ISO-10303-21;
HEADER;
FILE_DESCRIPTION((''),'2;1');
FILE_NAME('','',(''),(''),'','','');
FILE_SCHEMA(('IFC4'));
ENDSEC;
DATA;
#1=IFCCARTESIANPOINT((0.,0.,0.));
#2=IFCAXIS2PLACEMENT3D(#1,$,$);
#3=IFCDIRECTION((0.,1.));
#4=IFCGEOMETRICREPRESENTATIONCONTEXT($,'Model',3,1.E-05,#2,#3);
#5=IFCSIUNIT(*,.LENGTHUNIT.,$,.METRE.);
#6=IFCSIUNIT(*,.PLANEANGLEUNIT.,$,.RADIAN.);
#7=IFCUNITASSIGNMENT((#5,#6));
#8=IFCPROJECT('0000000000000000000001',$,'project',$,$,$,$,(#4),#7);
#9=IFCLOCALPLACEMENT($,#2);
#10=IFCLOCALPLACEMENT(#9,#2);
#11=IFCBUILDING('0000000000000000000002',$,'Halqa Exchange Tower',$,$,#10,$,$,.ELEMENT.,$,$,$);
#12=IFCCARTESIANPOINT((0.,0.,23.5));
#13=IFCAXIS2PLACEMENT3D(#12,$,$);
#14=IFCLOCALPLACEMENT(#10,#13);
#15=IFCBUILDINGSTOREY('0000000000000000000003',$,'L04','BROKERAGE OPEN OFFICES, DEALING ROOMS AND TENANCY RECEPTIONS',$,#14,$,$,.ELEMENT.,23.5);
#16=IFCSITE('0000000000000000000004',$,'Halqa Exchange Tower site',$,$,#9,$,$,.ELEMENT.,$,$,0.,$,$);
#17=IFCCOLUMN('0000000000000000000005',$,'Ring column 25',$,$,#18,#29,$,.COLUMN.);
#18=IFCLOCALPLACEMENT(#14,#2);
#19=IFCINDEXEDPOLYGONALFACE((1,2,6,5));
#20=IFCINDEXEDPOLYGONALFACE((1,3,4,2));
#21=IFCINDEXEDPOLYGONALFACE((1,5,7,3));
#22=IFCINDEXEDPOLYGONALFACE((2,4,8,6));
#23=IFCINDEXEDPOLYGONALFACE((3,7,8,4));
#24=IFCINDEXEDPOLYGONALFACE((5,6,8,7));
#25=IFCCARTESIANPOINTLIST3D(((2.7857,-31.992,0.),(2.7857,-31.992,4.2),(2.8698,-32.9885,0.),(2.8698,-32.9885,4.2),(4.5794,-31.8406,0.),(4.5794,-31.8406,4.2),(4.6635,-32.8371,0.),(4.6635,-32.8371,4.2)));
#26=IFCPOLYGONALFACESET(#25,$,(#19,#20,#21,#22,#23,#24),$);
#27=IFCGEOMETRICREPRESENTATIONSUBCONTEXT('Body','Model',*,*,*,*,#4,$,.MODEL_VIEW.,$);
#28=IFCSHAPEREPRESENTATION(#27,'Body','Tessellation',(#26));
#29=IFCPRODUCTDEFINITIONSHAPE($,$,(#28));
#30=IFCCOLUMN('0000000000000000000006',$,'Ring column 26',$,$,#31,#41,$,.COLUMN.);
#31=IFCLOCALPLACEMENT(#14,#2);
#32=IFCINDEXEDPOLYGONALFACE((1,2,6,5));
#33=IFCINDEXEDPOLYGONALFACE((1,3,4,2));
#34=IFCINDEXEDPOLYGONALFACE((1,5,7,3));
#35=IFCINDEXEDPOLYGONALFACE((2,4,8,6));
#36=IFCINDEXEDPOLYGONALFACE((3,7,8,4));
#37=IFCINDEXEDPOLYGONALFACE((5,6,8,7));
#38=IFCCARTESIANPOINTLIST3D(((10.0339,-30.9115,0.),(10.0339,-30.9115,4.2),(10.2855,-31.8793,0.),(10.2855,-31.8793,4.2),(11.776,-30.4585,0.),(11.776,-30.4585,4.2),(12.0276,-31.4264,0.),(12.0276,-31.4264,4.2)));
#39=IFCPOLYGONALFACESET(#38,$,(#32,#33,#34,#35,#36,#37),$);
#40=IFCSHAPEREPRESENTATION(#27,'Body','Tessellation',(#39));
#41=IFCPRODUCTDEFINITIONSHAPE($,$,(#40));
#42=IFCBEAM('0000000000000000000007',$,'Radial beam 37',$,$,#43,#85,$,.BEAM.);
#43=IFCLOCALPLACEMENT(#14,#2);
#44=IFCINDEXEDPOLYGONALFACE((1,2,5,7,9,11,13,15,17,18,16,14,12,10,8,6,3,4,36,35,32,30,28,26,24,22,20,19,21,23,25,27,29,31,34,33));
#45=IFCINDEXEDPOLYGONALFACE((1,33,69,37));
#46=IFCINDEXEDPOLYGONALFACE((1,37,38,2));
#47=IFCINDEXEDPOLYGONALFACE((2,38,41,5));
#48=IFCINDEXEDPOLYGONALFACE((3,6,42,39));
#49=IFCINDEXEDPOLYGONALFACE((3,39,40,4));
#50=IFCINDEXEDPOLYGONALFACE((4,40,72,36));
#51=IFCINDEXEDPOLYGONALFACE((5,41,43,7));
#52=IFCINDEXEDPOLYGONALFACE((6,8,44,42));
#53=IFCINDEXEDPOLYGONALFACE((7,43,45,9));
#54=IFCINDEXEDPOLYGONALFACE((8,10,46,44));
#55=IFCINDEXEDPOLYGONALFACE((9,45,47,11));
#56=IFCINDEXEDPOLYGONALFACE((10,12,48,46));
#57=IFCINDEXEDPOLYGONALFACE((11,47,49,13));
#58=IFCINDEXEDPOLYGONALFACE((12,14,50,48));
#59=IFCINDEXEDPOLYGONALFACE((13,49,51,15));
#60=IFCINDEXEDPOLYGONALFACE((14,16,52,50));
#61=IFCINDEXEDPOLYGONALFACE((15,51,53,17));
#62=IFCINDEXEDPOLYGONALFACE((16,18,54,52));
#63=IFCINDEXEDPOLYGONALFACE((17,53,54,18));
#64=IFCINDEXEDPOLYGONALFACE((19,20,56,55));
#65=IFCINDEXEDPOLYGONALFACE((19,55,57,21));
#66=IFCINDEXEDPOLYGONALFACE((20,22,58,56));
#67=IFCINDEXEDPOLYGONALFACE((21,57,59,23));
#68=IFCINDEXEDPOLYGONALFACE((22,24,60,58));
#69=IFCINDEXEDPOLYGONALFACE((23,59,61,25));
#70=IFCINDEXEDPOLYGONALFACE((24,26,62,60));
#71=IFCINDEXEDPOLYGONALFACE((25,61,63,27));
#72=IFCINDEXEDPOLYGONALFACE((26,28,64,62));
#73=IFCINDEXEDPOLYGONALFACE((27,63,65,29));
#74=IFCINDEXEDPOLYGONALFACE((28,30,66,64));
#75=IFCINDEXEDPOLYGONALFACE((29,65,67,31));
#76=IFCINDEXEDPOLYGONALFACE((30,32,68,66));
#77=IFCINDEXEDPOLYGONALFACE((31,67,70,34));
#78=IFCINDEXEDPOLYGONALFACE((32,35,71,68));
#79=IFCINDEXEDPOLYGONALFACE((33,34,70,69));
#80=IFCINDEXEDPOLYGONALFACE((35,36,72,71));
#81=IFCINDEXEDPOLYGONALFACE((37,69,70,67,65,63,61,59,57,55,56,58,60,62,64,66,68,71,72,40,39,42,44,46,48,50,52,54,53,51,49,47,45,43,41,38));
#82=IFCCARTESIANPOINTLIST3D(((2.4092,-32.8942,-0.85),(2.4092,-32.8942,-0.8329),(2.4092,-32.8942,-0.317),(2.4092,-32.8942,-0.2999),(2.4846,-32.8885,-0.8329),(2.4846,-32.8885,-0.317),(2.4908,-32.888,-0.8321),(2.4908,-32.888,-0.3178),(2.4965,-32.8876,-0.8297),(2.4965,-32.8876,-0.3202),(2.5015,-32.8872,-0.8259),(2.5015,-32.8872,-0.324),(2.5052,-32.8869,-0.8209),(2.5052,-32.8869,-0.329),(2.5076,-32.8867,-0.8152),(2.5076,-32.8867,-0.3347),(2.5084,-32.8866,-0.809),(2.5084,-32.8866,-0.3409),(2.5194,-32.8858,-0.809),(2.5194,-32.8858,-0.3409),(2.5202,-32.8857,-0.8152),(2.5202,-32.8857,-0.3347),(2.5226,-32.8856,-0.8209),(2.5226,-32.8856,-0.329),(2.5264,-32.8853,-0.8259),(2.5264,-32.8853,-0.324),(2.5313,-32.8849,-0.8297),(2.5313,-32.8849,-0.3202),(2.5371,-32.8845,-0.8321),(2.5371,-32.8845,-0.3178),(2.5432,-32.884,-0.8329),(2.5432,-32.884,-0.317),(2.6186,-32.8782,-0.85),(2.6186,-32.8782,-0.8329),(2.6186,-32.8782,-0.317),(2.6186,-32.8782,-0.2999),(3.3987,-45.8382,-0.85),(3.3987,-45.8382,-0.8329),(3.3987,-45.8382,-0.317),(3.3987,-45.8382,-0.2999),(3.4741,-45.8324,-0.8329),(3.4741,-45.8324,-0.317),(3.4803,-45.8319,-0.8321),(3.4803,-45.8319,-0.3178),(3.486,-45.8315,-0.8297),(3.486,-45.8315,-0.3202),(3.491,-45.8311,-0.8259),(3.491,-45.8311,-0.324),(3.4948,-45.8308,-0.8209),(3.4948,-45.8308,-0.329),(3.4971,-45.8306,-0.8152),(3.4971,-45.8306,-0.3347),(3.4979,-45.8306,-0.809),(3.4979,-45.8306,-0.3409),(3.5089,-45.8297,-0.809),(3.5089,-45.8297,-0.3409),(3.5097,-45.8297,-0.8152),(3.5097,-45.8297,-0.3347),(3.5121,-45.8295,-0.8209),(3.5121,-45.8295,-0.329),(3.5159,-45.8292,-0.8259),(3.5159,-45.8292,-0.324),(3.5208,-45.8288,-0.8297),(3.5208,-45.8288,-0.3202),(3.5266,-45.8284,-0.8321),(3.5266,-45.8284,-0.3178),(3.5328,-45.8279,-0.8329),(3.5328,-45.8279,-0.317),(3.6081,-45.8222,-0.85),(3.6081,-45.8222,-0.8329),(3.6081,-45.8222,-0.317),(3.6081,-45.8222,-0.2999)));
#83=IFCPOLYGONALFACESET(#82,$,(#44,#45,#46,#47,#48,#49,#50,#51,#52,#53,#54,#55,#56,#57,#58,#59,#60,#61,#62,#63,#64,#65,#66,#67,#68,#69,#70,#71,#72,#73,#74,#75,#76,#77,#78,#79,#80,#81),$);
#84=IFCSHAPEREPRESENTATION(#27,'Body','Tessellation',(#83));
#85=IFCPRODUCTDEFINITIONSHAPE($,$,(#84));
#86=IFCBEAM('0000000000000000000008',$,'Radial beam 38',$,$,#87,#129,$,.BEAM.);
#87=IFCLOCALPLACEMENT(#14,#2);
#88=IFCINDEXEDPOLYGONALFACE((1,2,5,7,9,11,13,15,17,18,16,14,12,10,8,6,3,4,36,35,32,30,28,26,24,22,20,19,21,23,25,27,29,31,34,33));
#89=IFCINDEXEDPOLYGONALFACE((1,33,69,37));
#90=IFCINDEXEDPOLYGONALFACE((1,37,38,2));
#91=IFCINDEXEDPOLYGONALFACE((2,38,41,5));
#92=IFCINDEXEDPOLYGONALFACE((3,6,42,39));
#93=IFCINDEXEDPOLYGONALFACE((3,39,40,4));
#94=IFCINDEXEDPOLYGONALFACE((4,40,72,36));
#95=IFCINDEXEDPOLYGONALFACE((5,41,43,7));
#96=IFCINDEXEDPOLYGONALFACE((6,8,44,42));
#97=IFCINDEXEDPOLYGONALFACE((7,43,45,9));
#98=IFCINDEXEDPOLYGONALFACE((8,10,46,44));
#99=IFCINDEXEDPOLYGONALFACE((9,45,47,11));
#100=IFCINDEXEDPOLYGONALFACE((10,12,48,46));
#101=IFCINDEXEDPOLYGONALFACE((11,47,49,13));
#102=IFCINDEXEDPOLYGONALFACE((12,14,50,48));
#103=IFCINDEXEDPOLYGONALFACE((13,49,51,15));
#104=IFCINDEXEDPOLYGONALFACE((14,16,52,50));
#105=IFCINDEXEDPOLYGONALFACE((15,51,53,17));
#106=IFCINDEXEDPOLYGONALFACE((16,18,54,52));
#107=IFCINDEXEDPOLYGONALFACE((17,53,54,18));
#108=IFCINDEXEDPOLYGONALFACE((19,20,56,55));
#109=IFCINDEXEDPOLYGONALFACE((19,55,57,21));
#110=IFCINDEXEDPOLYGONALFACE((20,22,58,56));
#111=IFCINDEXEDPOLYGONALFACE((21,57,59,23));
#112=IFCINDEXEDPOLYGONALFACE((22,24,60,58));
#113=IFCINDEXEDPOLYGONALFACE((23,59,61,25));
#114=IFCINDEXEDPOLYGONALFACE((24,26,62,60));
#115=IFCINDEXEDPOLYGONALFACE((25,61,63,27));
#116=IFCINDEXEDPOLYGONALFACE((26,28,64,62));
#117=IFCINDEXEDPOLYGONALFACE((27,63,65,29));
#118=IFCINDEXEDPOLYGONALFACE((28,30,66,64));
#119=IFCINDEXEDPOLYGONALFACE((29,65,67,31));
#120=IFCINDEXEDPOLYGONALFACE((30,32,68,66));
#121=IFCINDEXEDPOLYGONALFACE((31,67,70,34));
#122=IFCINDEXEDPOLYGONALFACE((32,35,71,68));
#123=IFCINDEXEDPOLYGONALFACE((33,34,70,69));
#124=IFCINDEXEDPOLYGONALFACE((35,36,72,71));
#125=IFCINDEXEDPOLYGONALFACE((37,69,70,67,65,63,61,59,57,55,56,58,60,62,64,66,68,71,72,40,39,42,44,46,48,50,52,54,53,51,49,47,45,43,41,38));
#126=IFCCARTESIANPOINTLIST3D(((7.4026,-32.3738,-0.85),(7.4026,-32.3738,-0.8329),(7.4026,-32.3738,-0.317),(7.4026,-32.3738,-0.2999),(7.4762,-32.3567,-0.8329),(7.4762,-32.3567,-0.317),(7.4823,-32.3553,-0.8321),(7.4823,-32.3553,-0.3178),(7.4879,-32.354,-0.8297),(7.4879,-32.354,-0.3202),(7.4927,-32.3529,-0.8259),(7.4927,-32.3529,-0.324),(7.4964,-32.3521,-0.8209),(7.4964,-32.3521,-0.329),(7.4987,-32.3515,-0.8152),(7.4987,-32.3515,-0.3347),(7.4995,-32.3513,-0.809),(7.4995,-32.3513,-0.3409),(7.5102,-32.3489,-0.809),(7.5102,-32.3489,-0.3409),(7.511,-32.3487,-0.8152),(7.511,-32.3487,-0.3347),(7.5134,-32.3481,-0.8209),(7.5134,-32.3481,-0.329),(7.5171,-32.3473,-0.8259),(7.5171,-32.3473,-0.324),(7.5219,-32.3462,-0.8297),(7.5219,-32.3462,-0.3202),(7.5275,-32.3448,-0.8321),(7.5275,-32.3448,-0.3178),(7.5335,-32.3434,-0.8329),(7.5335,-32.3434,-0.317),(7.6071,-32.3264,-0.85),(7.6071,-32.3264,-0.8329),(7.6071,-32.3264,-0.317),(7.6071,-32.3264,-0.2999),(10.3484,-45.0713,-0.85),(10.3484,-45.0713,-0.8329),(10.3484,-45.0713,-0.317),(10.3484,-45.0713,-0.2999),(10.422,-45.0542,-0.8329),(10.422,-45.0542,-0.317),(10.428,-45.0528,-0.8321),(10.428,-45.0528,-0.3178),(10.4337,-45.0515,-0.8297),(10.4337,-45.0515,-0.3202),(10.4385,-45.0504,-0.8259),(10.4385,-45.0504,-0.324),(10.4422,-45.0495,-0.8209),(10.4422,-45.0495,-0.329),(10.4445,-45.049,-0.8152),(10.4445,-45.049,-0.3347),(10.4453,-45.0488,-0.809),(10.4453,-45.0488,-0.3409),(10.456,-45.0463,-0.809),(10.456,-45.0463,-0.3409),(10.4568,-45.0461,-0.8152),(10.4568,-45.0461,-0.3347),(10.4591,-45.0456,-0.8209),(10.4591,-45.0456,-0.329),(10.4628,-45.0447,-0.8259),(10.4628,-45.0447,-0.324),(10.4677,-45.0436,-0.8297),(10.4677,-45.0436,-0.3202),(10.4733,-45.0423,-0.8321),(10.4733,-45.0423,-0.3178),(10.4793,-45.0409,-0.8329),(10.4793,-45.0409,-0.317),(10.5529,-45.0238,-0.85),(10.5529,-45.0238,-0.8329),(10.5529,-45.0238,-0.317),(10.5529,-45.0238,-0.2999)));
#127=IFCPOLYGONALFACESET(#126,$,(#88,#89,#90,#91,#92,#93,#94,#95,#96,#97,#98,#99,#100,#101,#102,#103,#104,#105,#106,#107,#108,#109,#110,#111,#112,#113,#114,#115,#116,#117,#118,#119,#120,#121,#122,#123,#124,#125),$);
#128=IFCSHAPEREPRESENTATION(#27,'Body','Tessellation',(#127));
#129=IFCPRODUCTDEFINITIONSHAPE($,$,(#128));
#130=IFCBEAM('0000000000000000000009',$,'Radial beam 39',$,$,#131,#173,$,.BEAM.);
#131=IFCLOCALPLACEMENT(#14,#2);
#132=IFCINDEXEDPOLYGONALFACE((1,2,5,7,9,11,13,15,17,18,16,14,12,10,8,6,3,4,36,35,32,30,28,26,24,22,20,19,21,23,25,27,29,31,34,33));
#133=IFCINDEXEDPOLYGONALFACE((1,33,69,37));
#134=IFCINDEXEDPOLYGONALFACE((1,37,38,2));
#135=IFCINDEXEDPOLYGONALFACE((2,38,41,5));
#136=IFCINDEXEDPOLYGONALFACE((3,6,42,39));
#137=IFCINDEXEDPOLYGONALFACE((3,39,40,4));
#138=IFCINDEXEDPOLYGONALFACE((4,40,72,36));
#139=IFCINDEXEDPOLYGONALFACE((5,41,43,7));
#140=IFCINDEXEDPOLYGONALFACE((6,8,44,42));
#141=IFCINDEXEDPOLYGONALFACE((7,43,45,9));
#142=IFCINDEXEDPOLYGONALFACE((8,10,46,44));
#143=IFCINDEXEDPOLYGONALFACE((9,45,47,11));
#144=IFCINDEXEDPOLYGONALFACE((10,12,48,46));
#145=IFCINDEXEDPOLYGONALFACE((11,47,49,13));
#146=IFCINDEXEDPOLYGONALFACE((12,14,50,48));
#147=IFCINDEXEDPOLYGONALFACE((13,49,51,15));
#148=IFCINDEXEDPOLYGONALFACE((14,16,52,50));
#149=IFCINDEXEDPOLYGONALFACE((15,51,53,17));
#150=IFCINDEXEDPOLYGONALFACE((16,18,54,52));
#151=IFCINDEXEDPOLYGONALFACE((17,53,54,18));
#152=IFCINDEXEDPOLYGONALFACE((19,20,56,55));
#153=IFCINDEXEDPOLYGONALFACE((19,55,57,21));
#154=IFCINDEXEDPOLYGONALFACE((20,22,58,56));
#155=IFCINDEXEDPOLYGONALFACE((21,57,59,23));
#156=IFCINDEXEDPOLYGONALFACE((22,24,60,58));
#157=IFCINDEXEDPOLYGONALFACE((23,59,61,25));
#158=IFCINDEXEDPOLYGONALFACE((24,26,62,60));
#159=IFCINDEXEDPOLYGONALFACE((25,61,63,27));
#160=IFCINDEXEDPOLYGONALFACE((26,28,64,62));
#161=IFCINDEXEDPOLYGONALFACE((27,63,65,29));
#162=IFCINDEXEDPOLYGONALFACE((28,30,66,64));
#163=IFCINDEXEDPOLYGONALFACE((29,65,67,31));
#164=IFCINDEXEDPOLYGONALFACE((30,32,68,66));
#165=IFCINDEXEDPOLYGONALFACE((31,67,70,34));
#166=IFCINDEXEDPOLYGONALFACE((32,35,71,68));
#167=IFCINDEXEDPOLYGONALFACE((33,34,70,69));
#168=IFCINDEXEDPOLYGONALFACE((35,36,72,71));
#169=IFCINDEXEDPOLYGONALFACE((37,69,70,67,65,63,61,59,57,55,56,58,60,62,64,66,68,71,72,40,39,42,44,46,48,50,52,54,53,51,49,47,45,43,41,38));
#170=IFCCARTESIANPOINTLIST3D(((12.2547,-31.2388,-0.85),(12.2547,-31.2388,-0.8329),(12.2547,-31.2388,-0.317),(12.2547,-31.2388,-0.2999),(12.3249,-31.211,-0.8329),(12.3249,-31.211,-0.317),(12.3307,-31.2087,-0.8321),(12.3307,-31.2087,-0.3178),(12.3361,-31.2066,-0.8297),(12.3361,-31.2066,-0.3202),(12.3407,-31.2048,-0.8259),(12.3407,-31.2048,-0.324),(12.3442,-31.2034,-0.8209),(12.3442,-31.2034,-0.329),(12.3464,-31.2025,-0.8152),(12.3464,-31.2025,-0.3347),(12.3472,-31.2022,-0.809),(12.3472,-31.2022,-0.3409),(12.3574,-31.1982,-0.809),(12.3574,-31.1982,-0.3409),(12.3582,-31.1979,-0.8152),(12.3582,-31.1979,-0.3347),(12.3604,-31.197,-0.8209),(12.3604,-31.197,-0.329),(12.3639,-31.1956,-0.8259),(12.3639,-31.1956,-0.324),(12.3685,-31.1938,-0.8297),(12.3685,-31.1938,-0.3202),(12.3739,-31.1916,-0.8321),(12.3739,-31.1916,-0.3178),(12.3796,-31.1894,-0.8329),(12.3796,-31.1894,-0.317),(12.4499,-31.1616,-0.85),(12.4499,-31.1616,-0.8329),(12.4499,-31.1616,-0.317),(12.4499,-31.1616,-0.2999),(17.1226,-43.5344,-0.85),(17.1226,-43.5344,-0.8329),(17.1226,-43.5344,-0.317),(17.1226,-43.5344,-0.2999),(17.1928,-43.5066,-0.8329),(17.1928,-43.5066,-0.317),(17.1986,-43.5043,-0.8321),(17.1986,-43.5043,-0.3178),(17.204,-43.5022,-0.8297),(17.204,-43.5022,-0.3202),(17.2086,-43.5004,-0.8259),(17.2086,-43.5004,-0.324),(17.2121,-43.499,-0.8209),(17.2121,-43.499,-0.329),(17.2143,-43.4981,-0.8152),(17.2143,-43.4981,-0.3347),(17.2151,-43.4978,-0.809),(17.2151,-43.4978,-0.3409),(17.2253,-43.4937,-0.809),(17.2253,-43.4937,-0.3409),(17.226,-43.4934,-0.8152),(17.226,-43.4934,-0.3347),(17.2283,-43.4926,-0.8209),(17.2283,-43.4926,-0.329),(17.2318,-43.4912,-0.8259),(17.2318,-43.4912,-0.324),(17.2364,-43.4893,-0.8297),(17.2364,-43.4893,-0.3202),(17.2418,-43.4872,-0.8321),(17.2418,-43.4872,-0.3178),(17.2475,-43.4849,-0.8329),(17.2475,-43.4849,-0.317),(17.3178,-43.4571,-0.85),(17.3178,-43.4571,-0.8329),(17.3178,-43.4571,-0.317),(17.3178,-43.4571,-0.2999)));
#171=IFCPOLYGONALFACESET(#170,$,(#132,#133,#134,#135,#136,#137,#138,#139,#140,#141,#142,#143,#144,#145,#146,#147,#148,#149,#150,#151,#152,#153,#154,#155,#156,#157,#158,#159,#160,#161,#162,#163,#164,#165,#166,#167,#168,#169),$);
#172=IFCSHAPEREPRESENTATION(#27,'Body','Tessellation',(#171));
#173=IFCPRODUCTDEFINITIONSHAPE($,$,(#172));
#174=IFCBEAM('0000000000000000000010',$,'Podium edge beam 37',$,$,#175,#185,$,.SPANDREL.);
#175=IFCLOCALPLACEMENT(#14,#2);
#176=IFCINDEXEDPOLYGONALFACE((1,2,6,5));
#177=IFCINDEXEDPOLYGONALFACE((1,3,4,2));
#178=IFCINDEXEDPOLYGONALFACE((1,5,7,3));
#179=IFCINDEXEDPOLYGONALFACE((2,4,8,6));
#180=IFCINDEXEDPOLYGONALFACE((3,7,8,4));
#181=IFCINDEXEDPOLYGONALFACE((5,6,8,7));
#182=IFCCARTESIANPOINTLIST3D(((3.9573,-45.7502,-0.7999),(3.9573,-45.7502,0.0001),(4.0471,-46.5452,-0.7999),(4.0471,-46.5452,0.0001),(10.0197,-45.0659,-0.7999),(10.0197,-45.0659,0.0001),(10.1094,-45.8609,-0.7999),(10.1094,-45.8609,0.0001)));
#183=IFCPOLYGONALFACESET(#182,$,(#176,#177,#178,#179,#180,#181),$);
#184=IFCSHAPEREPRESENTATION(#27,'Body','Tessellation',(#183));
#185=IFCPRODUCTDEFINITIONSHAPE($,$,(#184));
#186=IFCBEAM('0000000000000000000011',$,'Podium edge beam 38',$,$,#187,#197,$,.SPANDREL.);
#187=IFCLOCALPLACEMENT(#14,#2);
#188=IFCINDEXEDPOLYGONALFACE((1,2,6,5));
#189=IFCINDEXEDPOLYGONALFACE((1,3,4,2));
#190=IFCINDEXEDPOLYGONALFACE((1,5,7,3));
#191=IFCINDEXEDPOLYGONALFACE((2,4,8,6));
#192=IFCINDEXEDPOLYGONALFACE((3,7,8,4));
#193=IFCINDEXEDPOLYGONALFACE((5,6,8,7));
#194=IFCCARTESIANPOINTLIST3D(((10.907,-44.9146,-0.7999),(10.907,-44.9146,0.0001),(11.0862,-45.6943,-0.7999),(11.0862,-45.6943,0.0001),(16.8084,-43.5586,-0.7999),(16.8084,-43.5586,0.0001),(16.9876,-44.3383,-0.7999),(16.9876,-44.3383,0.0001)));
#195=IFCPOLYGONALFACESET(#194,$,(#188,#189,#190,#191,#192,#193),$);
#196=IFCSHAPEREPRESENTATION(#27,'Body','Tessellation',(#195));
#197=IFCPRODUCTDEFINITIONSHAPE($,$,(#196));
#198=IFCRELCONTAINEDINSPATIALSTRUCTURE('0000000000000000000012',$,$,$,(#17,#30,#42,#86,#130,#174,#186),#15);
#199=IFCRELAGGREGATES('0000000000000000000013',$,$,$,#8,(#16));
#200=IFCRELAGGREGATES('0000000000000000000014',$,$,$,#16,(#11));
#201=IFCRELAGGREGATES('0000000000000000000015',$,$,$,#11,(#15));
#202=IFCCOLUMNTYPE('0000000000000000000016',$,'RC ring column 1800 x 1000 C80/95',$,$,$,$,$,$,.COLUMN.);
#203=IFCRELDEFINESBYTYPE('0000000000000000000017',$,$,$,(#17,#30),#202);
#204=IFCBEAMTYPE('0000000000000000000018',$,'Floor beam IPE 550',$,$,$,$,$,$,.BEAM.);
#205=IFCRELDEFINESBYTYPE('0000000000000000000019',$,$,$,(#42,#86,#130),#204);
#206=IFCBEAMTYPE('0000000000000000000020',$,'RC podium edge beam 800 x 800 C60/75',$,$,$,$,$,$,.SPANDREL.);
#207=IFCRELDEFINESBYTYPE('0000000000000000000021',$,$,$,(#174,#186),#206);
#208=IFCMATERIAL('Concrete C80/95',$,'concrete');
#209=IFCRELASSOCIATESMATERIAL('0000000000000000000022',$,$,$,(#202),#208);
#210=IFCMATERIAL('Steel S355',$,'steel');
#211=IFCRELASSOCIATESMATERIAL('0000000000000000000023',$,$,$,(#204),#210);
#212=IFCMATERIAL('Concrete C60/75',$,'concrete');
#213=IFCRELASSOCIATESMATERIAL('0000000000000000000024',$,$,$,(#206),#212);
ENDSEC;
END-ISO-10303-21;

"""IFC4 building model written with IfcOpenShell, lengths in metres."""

from ifc_helpers import new_model, si_unit, direction, frame, origin, origin_2d, place, context, subcontext, project, spatial, rectangle, i_section, extrude, material, material_profile, profile_set, type_object, element, save


model = new_model("IFC4")

# Units and contexts
model_context = context("Model", 3, precision=1e-05, world=origin(), true_north=direction((0.0, 1.0)))
body_context = subcontext(model_context, "Body", "Model", "MODEL_VIEW")
ifc_project = project(units=[si_unit("LENGTHUNIT", "METRE"), si_unit("PLANEANGLEUNIT", "RADIAN")], contexts=[model_context])

# Site, building, storey
site_placement = place(None, origin())
site = spatial("IfcSite", under=ifc_project, at=site_placement, Name="Halqa Exchange Tower site", CompositionType="ELEMENT", RefElevation=0.0)
building_placement = place(site_placement, origin())
building = spatial("IfcBuilding", under=site, at=building_placement, Name="Halqa Exchange Tower", CompositionType="ELEMENT")
storey_placement = place(building_placement, frame((0.0, 0.0, 23.5)))
storey = spatial("IfcBuildingStorey", under=building, at=storey_placement, Name="L04", Description="BROKERAGE OPEN OFFICES, DEALING ROOMS AND TENANCY RECEPTIONS", CompositionType="ELEMENT", Elevation=23.5)

# Columns
ifc_material_1 = material(Name="Concrete C80/95", Category="concrete")
ifc_material_profile_1 = material_profile(ifc_material_1, rectangle(XDim=1.8, YDim=1.0, at=origin_2d()), Name="1800 x 1000")
ifc_profile_set_1 = profile_set([ifc_material_profile_1], Name="Concrete C80/95")
column_type = type_object("IfcColumnType", Name="RC ring column 1800 x 1000 C80/95", PredefinedType="COLUMN", material=ifc_profile_set_1)
for number, where, z_axis, x_axis, name in (
    (1, (3.7246, -32.4146, 0.0), (0.0, 0.0, 1.0), (0.996455, 0.084123, 0.0), "Ring column 25"),
    (2, (11.0308, -31.1689, 0.0), (0.0, 0.0, 1.0), (0.967819, 0.251647, 0.0), "Ring column 26"),
):
    element("IfcColumn", number, at=place(storey_placement, frame(where, z_axis=z_axis, x_axis=x_axis)), inside=storey, type_object=column_type, Name=name, PredefinedType="COLUMN", context=body_context, shape_type="SweptSolid", body=[
        extrude(rectangle(XDim=1.8, YDim=1.0, at=origin_2d()), origin(), (0.0, 0.0, 1.0), 4.2),
    ])

# Beams
ifc_material_2 = material(Name="Steel S355", Category="steel")
ifc_material_profile_2 = material_profile(ifc_material_2, i_section(OverallWidth=0.21, OverallDepth=0.55, WebThickness=0.011, FlangeThickness=0.0171, FilletRadius=0.0239, at=origin_2d()), Name="IPE 550")
ifc_profile_set_2 = profile_set([ifc_material_profile_2], Name="Steel S355")
beam_type_1 = type_object("IfcBeamType", Name="Floor beam IPE 550", PredefinedType="BEAM", material=ifc_profile_set_2)
beam_1_placement = place(storey_placement, frame((2.5139, -32.8862, -0.575), z_axis=(0.076223, -0.997091, 0.0), x_axis=(0.997091, 0.076223, 0.0)))
element("IfcBeam", 3, at=beam_1_placement, inside=storey, type_object=beam_type_1, Name="Radial beam 37", PredefinedType="BEAM", context=body_context, shape_type="SweptSolid", body=[
    extrude(i_section(OverallWidth=0.21, OverallDepth=0.55, WebThickness=0.011, FlangeThickness=0.0171, FilletRadius=0.0239, at=origin_2d()), origin(), (0.0, 0.0, 1.0), 12.9817),
])
beam_2_placement = place(storey_placement, frame((7.5049, -32.3501, -0.575), z_axis=(0.225996, -0.974128, 0.0), x_axis=(0.974128, 0.225996, 0.0)))
element("IfcBeam", 4, at=beam_2_placement, inside=storey, type_object=beam_type_1, Name="Radial beam 38", PredefinedType="BEAM", context=body_context, shape_type="SweptSolid", body=[
    extrude(i_section(OverallWidth=0.21, OverallDepth=0.55, WebThickness=0.011, FlangeThickness=0.0171, FilletRadius=0.0239, at=origin_2d()), origin(), (0.0, 0.0, 1.0), 13.0347),
])
beam_3_placement = place(storey_placement, frame((12.3523, -31.2002, -0.575), z_axis=(0.368107, -0.929784, 0.0), x_axis=(0.929784, 0.368107, 0.0)))
element("IfcBeam", 5, at=beam_3_placement, inside=storey, type_object=beam_type_1, Name="Radial beam 39", PredefinedType="BEAM", context=body_context, shape_type="SweptSolid", body=[
    extrude(i_section(OverallWidth=0.21, OverallDepth=0.55, WebThickness=0.011, FlangeThickness=0.0171, FilletRadius=0.0239, at=origin_2d()), origin(), (0.0, 0.0, 1.0), 13.2241),
])
ifc_material_3 = material(Name="Concrete C60/75", Category="concrete")
ifc_material_profile_3 = material_profile(ifc_material_3, rectangle(XDim=0.8, YDim=0.8, at=origin_2d()), Name="800 x 800")
ifc_profile_set_3 = profile_set([ifc_material_profile_3], Name="Concrete C60/75")
beam_type_2 = type_object("IfcBeamType", Name="RC podium edge beam 800 x 800 C60/75", PredefinedType="SPANDREL", material=ifc_profile_set_3)
beam_4_placement = place(storey_placement, frame((4.0022, -46.1477, -0.3999), z_axis=(0.993689, 0.112171, 0.0), x_axis=(-0.112171, 0.993689, 0.0)))
element("IfcBeam", 6, at=beam_4_placement, inside=storey, type_object=beam_type_2, Name="Podium edge beam 37", PredefinedType="SPANDREL", context=body_context, shape_type="SweptSolid", body=[
    extrude(rectangle(XDim=0.8, YDim=0.8, at=origin_2d()), origin(), (0.0, 0.0, 1.0), 6.1008),
])
beam_5_placement = place(storey_placement, frame((10.9966, -45.3044, -0.3999), z_axis=(0.974604, 0.223935, 0.0), x_axis=(-0.223935, 0.974604, 0.0)))
element("IfcBeam", 7, at=beam_5_placement, inside=storey, type_object=beam_type_2, Name="Podium edge beam 38", PredefinedType="SPANDREL", context=body_context, shape_type="SweptSolid", body=[
    extrude(rectangle(XDim=0.8, YDim=0.8, at=origin_2d()), origin(), (0.0, 0.0, 1.0), 6.0552),
])

save(model, "model.ifc")
